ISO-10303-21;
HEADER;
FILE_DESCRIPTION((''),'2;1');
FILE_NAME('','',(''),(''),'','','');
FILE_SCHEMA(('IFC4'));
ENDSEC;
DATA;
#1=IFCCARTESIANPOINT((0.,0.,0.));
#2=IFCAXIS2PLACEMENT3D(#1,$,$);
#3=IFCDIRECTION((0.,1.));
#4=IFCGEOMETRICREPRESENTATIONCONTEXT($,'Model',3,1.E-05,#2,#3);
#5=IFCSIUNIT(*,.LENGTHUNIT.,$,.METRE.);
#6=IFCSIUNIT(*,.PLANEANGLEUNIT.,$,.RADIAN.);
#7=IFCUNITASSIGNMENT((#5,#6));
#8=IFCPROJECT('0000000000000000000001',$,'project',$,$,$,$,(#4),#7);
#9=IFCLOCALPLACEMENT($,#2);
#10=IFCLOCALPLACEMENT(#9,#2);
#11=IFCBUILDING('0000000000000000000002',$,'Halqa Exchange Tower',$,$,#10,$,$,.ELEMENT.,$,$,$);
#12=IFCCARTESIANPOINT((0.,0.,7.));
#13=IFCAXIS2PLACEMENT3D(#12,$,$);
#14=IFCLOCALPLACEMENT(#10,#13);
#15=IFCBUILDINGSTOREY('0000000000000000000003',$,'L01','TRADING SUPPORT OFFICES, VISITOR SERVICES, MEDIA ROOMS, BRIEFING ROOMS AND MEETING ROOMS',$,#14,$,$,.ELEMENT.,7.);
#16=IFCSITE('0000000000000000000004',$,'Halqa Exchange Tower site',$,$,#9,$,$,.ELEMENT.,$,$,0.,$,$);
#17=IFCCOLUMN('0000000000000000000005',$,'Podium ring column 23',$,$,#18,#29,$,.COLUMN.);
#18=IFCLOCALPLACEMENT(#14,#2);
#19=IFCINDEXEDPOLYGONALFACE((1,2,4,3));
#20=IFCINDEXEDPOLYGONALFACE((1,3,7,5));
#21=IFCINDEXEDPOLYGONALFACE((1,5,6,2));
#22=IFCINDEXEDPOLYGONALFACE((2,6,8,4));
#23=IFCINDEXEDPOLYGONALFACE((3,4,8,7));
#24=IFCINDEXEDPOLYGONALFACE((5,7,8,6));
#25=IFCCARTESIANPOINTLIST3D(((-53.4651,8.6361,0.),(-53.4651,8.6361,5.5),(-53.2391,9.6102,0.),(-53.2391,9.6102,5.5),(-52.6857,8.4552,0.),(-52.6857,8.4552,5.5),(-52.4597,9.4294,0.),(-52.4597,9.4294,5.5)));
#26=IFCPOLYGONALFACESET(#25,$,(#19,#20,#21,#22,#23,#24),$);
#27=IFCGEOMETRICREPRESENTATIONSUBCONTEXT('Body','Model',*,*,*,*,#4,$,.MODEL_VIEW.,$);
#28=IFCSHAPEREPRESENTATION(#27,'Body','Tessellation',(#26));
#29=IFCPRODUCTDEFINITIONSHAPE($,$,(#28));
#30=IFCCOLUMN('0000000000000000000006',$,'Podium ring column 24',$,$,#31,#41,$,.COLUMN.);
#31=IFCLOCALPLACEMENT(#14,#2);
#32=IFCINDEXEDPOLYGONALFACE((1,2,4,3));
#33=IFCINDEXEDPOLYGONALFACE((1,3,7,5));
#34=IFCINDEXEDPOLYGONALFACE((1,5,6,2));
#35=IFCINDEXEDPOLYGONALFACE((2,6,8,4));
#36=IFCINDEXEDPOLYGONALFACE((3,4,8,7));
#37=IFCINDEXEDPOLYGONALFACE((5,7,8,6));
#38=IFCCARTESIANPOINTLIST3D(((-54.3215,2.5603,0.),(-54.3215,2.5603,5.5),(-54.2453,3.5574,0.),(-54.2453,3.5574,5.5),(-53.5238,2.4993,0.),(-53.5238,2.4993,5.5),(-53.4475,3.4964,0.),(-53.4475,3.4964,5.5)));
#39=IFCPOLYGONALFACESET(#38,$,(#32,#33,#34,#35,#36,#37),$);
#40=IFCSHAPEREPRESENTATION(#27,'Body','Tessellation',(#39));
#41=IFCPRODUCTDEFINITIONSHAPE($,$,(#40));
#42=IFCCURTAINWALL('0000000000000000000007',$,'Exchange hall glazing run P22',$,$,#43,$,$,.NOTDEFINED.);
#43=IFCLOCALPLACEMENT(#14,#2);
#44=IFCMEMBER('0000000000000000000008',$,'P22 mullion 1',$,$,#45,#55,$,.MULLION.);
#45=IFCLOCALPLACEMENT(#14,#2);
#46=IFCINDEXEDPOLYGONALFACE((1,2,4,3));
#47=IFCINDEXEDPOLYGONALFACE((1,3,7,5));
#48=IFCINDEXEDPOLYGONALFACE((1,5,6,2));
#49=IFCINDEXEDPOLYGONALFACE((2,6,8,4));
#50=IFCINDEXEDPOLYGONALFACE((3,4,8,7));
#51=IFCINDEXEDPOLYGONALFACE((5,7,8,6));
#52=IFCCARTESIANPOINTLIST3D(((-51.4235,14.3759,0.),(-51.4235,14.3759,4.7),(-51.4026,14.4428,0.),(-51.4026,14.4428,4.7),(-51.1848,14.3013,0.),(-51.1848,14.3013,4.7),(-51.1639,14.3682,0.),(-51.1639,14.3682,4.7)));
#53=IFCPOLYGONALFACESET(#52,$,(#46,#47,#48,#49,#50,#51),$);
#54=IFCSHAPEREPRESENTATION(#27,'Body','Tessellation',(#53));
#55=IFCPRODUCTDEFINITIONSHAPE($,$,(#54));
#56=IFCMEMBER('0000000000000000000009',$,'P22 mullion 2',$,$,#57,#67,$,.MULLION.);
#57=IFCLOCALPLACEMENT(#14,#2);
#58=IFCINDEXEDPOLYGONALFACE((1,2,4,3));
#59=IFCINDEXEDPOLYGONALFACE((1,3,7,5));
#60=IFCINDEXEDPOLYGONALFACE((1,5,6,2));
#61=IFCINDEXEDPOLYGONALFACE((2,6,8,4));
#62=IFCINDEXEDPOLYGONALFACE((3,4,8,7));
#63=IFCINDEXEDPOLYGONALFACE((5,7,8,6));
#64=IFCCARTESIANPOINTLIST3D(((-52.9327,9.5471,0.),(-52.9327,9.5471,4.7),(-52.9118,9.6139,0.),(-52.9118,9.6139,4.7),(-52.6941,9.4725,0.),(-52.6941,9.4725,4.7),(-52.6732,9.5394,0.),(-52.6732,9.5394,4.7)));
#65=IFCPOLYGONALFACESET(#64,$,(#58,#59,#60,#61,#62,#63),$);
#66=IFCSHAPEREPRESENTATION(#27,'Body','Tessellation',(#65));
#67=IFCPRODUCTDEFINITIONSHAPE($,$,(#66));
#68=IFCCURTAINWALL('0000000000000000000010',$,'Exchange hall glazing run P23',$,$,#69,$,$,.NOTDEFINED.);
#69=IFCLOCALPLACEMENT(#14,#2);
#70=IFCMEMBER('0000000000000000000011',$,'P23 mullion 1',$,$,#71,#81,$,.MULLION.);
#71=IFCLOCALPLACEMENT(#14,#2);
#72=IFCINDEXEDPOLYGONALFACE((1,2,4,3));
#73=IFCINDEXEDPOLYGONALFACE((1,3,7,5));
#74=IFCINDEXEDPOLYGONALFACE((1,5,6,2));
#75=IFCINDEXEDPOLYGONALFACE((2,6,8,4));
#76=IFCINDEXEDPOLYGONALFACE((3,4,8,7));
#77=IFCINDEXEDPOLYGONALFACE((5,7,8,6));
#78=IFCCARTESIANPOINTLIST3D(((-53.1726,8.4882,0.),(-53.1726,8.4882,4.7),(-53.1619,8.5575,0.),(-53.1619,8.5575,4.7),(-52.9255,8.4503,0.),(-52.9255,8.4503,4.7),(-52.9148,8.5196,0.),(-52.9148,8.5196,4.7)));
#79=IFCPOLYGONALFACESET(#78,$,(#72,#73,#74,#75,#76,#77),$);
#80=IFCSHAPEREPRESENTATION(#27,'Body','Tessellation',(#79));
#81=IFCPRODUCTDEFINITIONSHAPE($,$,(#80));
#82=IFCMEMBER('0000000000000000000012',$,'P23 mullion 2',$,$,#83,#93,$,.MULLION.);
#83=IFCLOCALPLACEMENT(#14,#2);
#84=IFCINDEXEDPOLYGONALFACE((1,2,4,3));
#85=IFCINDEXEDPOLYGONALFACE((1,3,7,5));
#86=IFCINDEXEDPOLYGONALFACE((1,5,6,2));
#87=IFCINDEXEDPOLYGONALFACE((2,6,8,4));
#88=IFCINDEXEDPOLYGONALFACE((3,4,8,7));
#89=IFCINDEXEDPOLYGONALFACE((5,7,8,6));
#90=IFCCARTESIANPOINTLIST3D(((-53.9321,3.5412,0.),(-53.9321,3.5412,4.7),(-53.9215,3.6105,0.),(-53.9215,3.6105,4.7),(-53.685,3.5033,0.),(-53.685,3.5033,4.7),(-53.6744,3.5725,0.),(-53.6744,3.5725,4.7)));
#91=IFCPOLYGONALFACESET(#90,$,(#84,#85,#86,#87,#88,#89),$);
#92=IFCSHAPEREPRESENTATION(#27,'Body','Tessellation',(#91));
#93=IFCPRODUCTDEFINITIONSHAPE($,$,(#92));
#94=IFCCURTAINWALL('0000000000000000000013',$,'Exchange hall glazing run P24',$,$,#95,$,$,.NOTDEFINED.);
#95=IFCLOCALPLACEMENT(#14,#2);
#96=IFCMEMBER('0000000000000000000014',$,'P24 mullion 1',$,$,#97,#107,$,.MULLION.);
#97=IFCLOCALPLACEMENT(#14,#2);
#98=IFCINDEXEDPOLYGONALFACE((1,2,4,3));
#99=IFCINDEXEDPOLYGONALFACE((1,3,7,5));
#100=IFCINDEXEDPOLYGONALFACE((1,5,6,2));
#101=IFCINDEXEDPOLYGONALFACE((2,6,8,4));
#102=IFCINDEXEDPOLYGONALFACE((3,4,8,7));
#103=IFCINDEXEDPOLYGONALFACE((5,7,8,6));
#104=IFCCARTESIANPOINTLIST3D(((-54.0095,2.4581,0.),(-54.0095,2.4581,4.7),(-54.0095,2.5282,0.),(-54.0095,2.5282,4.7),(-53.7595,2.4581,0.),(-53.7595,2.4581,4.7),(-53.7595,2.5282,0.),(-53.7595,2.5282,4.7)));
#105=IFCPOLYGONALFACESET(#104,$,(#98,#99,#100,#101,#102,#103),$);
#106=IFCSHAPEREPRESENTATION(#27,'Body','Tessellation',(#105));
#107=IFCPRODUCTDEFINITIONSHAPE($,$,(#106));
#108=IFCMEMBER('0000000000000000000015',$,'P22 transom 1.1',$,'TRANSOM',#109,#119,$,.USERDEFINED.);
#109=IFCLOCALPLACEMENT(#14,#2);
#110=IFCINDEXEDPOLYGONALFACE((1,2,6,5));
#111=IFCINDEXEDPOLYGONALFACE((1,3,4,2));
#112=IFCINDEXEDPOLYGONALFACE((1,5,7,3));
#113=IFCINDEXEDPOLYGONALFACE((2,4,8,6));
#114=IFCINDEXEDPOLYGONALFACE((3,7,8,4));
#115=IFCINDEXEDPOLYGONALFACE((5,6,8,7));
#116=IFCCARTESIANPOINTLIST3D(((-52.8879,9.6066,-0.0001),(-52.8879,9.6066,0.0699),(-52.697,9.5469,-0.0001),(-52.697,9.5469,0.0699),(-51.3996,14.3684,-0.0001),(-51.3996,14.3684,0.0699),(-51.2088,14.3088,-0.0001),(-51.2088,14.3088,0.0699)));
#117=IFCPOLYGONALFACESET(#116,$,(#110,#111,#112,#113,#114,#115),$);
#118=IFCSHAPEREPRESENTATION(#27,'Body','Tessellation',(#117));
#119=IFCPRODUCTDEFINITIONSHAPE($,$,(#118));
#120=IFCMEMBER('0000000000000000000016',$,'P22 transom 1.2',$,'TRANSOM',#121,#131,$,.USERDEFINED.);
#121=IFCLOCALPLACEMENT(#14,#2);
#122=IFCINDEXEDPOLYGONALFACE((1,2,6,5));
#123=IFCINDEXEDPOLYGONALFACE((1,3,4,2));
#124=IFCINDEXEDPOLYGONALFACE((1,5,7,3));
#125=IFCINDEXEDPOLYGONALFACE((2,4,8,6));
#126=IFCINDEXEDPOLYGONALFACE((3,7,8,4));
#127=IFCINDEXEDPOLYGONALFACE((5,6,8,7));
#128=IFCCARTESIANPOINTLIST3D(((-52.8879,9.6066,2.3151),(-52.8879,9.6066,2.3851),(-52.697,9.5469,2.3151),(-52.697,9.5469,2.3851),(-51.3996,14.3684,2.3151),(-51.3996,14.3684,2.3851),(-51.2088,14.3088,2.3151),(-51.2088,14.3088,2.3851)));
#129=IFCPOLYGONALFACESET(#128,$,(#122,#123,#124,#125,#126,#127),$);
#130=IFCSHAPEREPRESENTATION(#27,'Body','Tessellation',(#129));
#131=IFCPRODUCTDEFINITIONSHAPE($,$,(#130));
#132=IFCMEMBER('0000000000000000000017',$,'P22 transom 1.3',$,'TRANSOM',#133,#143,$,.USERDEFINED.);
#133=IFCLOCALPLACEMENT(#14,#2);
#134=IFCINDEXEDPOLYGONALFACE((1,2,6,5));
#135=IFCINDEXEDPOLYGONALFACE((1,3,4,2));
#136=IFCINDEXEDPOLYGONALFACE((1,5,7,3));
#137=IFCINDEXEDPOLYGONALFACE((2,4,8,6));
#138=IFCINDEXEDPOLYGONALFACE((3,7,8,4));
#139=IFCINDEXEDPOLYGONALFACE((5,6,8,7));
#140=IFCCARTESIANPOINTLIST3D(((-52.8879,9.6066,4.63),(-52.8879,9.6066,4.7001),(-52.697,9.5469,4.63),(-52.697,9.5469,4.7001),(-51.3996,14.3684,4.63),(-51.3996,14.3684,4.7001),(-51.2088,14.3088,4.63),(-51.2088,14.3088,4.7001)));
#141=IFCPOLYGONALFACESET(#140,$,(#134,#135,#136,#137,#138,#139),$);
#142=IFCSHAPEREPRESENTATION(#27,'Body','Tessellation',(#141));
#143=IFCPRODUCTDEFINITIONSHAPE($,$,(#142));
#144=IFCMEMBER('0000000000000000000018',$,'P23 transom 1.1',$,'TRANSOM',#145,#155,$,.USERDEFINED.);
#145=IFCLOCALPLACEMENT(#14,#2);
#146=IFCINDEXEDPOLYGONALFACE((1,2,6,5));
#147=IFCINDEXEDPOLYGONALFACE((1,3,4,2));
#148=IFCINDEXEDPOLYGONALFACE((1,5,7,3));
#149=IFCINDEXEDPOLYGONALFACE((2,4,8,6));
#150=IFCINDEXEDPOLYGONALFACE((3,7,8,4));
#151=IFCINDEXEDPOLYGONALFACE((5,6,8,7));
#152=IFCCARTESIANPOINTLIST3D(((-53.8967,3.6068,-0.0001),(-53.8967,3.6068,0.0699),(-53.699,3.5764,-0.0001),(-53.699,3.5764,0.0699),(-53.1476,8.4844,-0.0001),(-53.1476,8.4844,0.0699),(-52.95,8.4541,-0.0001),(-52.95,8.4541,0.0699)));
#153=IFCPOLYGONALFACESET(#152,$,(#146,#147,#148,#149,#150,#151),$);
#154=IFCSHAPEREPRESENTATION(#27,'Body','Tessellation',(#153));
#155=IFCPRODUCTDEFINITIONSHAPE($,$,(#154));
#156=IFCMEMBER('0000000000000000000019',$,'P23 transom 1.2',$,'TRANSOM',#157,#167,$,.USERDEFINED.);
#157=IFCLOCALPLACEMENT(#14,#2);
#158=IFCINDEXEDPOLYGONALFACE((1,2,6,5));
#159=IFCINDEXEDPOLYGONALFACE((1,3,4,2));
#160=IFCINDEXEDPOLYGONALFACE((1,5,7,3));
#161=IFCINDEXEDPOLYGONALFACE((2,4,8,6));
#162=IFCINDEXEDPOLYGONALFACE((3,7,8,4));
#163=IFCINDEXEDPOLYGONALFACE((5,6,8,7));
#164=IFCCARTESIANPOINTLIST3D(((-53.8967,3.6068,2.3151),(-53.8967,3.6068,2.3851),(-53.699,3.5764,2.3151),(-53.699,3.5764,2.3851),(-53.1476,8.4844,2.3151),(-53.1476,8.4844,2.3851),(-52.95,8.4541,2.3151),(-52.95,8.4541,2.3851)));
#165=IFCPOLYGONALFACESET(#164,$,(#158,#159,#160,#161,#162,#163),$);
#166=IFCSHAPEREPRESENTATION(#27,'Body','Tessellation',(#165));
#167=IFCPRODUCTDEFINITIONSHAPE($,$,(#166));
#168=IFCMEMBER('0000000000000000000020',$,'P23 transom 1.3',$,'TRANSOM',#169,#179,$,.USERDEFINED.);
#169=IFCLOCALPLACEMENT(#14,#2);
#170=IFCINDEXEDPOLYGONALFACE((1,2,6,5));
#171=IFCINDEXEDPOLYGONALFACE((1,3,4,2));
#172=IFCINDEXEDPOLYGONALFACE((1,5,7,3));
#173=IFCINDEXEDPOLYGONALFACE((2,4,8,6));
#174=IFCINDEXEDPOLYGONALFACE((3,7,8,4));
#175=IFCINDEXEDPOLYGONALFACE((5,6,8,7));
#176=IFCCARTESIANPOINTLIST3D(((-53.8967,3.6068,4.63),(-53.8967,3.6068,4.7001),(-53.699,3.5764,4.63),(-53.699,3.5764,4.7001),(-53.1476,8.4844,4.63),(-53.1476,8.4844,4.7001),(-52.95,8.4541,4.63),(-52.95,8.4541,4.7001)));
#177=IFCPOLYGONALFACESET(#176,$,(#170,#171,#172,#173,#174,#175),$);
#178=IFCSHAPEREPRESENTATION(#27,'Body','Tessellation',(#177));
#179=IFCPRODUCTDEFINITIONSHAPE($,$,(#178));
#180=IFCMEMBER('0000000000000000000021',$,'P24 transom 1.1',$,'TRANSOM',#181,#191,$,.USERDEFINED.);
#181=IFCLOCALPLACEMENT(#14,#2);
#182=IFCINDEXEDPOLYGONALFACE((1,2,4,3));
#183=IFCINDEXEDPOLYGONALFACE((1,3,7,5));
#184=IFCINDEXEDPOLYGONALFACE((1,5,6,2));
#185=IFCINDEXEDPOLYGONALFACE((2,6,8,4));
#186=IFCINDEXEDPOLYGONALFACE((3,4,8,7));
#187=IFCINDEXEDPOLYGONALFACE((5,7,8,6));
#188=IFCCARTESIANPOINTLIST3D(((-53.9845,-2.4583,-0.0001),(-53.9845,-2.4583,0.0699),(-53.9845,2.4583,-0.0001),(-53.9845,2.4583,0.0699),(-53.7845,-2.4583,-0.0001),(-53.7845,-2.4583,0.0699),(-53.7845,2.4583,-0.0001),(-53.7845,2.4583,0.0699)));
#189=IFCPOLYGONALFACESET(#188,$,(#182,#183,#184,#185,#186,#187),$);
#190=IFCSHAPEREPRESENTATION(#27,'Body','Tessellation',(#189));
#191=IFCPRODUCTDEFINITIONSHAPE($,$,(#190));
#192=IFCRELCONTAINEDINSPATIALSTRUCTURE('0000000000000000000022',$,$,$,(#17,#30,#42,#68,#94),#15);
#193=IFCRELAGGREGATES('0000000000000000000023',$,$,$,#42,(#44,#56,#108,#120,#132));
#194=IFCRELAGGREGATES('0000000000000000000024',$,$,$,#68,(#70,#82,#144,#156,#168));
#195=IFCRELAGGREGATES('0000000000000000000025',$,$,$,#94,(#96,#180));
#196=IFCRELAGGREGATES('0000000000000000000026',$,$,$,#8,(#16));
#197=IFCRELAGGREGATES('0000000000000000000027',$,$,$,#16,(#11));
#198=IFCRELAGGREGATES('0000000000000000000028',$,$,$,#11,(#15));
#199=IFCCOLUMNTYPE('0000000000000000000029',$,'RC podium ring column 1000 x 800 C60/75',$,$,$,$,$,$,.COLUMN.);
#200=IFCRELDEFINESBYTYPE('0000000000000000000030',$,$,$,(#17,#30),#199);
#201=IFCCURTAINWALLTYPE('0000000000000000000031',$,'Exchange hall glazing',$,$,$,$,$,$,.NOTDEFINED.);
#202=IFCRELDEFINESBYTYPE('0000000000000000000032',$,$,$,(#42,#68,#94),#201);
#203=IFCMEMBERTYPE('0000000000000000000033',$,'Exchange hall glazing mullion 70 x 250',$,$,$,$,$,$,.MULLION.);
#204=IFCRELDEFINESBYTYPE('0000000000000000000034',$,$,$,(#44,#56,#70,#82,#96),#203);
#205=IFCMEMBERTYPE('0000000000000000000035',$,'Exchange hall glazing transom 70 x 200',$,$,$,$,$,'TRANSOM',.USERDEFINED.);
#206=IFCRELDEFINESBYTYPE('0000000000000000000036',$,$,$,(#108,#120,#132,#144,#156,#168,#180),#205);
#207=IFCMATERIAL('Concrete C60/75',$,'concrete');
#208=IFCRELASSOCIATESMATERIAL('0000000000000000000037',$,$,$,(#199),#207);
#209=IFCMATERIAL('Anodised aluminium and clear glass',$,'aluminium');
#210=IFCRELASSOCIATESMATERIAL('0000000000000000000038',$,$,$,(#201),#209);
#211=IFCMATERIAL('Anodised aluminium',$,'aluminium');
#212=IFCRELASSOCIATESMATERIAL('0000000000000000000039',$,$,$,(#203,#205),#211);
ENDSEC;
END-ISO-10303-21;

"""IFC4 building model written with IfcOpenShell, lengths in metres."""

from ifc_helpers import new_model, si_unit, direction, frame, origin, origin_2d, place, context, subcontext, project, spatial, rectangle, extrude, material, material_profile, profile_set, type_object, element, aggregate, save


model = new_model("IFC4")

# Units and contexts
model_context = context("Model", 3, precision=1e-05, world=origin(), true_north=direction((0.0, 1.0)))
body_context = subcontext(model_context, "Body", "Model", "MODEL_VIEW")
ifc_project = project(units=[si_unit("LENGTHUNIT", "METRE"), si_unit("PLANEANGLEUNIT", "RADIAN")], contexts=[model_context])

# Site, building, storey
site_placement = place(None, origin())
site = spatial("IfcSite", under=ifc_project, at=site_placement, Name="Halqa Exchange Tower site", CompositionType="ELEMENT", RefElevation=0.0)
building_placement = place(site_placement, origin())
building = spatial("IfcBuilding", under=site, at=building_placement, Name="Halqa Exchange Tower", CompositionType="ELEMENT")
storey_placement = place(building_placement, frame((0.0, 0.0, 7.0)))
storey = spatial("IfcBuildingStorey", under=building, at=storey_placement, Name="L01", Description="TRADING SUPPORT OFFICES, VISITOR SERVICES, MEDIA ROOMS, BRIEFING ROOMS AND MEETING ROOMS", CompositionType="ELEMENT", Elevation=7.0)

# Columns
ifc_material_1 = material(Name="Concrete C60/75", Category="concrete")
ifc_material_profile_1 = material_profile(ifc_material_1, rectangle(XDim=1.0, YDim=0.8, at=origin_2d()), Name="1000 x 800")
ifc_profile_set_1 = profile_set([ifc_material_profile_1], Name="Concrete C60/75")
column_type = type_object("IfcColumnType", Name="RC podium ring column 1000 x 800 C60/75", PredefinedType="COLUMN", material=ifc_profile_set_1)
for number, where, z_axis, x_axis, name in (
    (1, (-52.9624, 9.0327, 0.0), (0.0, 0.0, 1.0), (-0.225997, -0.974128, 0.0), "Podium ring column 23"),
    (2, (-53.8845, 3.0283, 0.0), (0.0, 0.0, 1.0), (-0.076223, -0.997091, 0.0), "Podium ring column 24"),
):
    element("IfcColumn", number, at=place(storey_placement, frame(where, z_axis=z_axis, x_axis=x_axis)), inside=storey, type_object=column_type, Name=name, PredefinedType="COLUMN", context=body_context, shape_type="SweptSolid", body=[
        extrude(rectangle(XDim=1.0, YDim=0.8, at=origin_2d()), origin(), (0.0, 0.0, 1.0), 5.5),
    ])

# Curtain walls, members
ifc_material_2 = material(Name="Anodised aluminium and clear glass", Category="aluminium")
curtain_wall_type = type_object("IfcCurtainWallType", Name="Exchange hall glazing", PredefinedType="NOTDEFINED", material=ifc_material_2)
curtain_wall_1_placement = place(storey_placement, origin())
curtain_wall_1 = element("IfcCurtainWall", 3, at=curtain_wall_1_placement, inside=storey, type_object=curtain_wall_type, Name="Exchange hall glazing run P22", PredefinedType="NOTDEFINED")
ifc_material_3 = material(Name="Anodised aluminium", Category="aluminium")
ifc_material_profile_2 = material_profile(ifc_material_3, rectangle(XDim=0.25, YDim=0.0701, at=origin_2d()), Name="AL 70x250")
ifc_profile_set_2 = profile_set([ifc_material_profile_2], Name="Anodised aluminium")
member_type_1 = type_object("IfcMemberType", Name="Exchange hall glazing mullion 70 x 250", PredefinedType="MULLION", material=ifc_profile_set_2)
member_1_placement = place(storey_placement, frame((-51.2937, 14.3721, 0.0), z_axis=(0.0, 0.0, 1.0), x_axis=(0.954471, -0.298303, 0.0)))
member_1 = element("IfcMember", 4, at=member_1_placement, type_object=member_type_1, Name="P22 mullion 1", PredefinedType="MULLION", context=body_context, shape_type="SweptSolid", body=[
    extrude(rectangle(XDim=0.25, YDim=0.0701, at=origin_2d()), origin(), (0.0, 0.0, 1.0), 4.7),
])
member_2_placement = place(storey_placement, frame((-52.803, 9.5432, 0.0), z_axis=(0.0, 0.0, 1.0), x_axis=(0.954471, -0.298303, 0.0)))
member_2 = element("IfcMember", 5, at=member_2_placement, type_object=member_type_1, Name="P22 mullion 2", PredefinedType="MULLION", context=body_context, shape_type="SweptSolid", body=[
    extrude(rectangle(XDim=0.25, YDim=0.0701, at=origin_2d()), origin(), (0.0, 0.0, 1.0), 4.7),
])
curtain_wall_2_placement = place(storey_placement, origin())
curtain_wall_2 = element("IfcCurtainWall", 6, at=curtain_wall_2_placement, inside=storey, type_object=curtain_wall_type, Name="Exchange hall glazing run P23", PredefinedType="NOTDEFINED")
member_3_placement = place(storey_placement, frame((-53.0437, 8.5039, 0.0), z_axis=(0.0, 0.0, 1.0), x_axis=(0.988416, -0.151767, 0.0)))
member_3 = element("IfcMember", 7, at=member_3_placement, type_object=member_type_1, Name="P23 mullion 1", PredefinedType="MULLION", context=body_context, shape_type="SweptSolid", body=[
    extrude(rectangle(XDim=0.25, YDim=0.0701, at=origin_2d()), origin(), (0.0, 0.0, 1.0), 4.7),
])
member_4_placement = place(storey_placement, frame((-53.8032, 3.5569, 0.0), z_axis=(0.0, 0.0, 1.0), x_axis=(0.988416, -0.151767, 0.0)))
member_4 = element("IfcMember", 8, at=member_4_placement, type_object=member_type_1, Name="P23 mullion 2", PredefinedType="MULLION", context=body_context, shape_type="SweptSolid", body=[
    extrude(rectangle(XDim=0.25, YDim=0.0701, at=origin_2d()), origin(), (0.0, 0.0, 1.0), 4.7),
])

# Curtain wall, member
curtain_wall_3_placement = place(storey_placement, origin())
curtain_wall_3 = element("IfcCurtainWall", 9, at=curtain_wall_3_placement, inside=storey, type_object=curtain_wall_type, Name="Exchange hall glazing run P24", PredefinedType="NOTDEFINED")
member_5_placement = place(storey_placement, frame((-53.8845, 2.4932, 0.0), z_axis=(0.0, 0.0, 1.0), x_axis=(1.0, 0.0, 0.0)))
member_5 = element("IfcMember", 10, at=member_5_placement, type_object=member_type_1, Name="P24 mullion 1", PredefinedType="MULLION", context=body_context, shape_type="SweptSolid", body=[
    extrude(rectangle(XDim=0.25, YDim=0.0701, at=origin_2d()), origin(), (0.0, 0.0, 1.0), 4.7),
])

# Members
ifc_material_profile_3 = material_profile(ifc_material_3, rectangle(XDim=0.2, YDim=0.0701, at=origin_2d()), Name="AL 70x200")
ifc_profile_set_3 = profile_set([ifc_material_profile_3], Name="Anodised aluminium")
member_type_2 = type_object("IfcMemberType", Name="Exchange hall glazing transom 70 x 200", ElementType="TRANSOM", PredefinedType="USERDEFINED", material=ifc_profile_set_3)
member_6_placement = place(storey_placement, frame((-51.3042, 14.3386, 0.0349), z_axis=(-0.298306, -0.95447, 0.0), x_axis=(0.95447, -0.298306, 0.0)))
member_6 = element("IfcMember", 11, at=member_6_placement, type_object=member_type_2, Name="P22 transom 1.1", ObjectType="TRANSOM", PredefinedType="USERDEFINED", context=body_context, shape_type="SweptSolid", body=[
    extrude(rectangle(XDim=0.2, YDim=0.0701, at=origin_2d()), origin(), (0.0, 0.0, 1.0), 4.989),
])
member_7_placement = place(storey_placement, frame((-51.3042, 14.3386, 2.3501), z_axis=(-0.298306, -0.95447, 0.0), x_axis=(0.95447, -0.298306, 0.0)))
member_7 = element("IfcMember", 12, at=member_7_placement, type_object=member_type_2, Name="P22 transom 1.2", ObjectType="TRANSOM", PredefinedType="USERDEFINED", context=body_context, shape_type="SweptSolid", body=[
    extrude(rectangle(XDim=0.2, YDim=0.0701, at=origin_2d()), origin(), (0.0, 0.0, 1.0), 4.989),
])
member_8_placement = place(storey_placement, frame((-51.3042, 14.3386, 4.665), z_axis=(-0.298306, -0.95447, 0.0), x_axis=(0.95447, -0.298306, 0.0)))
member_8 = element("IfcMember", 13, at=member_8_placement, type_object=member_type_2, Name="P22 transom 1.3", ObjectType="TRANSOM", PredefinedType="USERDEFINED", context=body_context, shape_type="SweptSolid", body=[
    extrude(rectangle(XDim=0.2, YDim=0.0701, at=origin_2d()), origin(), (0.0, 0.0, 1.0), 4.989),
])
member_9_placement = place(storey_placement, frame((-53.0488, 8.4692, 0.0349), z_axis=(-0.151782, -0.988414, 0.0), x_axis=(0.988414, -0.151782, 0.0)))
member_9 = element("IfcMember", 14, at=member_9_placement, type_object=member_type_2, Name="P23 transom 1.1", ObjectType="TRANSOM", PredefinedType="USERDEFINED", context=body_context, shape_type="SweptSolid", body=[
    extrude(rectangle(XDim=0.2, YDim=0.0701, at=origin_2d()), origin(), (0.0, 0.0, 1.0), 4.9348),
])
member_10_placement = place(storey_placement, frame((-53.0488, 8.4692, 2.3501), z_axis=(-0.151782, -0.988414, 0.0), x_axis=(0.988414, -0.151782, 0.0)))
member_10 = element("IfcMember", 15, at=member_10_placement, type_object=member_type_2, Name="P23 transom 1.2", ObjectType="TRANSOM", PredefinedType="USERDEFINED", context=body_context, shape_type="SweptSolid", body=[
    extrude(rectangle(XDim=0.2, YDim=0.0701, at=origin_2d()), origin(), (0.0, 0.0, 1.0), 4.9348),
])
member_11_placement = place(storey_placement, frame((-53.0488, 8.4692, 4.665), z_axis=(-0.151782, -0.988414, 0.0), x_axis=(0.988414, -0.151782, 0.0)))
member_11 = element("IfcMember", 16, at=member_11_placement, type_object=member_type_2, Name="P23 transom 1.3", ObjectType="TRANSOM", PredefinedType="USERDEFINED", context=body_context, shape_type="SweptSolid", body=[
    extrude(rectangle(XDim=0.2, YDim=0.0701, at=origin_2d()), origin(), (0.0, 0.0, 1.0), 4.9348),
])
member_12_placement = place(storey_placement, frame((-53.8845, 2.4583, 0.0349), z_axis=(0.0, -1.0, 0.0), x_axis=(1.0, 0.0, 0.0)))
member_12 = element("IfcMember", 17, at=member_12_placement, type_object=member_type_2, Name="P24 transom 1.1", ObjectType="TRANSOM", PredefinedType="USERDEFINED", context=body_context, shape_type="SweptSolid", body=[
    extrude(rectangle(XDim=0.2, YDim=0.0701, at=origin_2d()), origin(), (0.0, 0.0, 1.0), 4.9165),
])

aggregate(curtain_wall_1, [member_1, member_2, member_6, member_7, member_8])
aggregate(curtain_wall_2, [member_3, member_4, member_9, member_10, member_11])
aggregate(curtain_wall_3, [member_5, member_12])

save(model, "model.ifc")
